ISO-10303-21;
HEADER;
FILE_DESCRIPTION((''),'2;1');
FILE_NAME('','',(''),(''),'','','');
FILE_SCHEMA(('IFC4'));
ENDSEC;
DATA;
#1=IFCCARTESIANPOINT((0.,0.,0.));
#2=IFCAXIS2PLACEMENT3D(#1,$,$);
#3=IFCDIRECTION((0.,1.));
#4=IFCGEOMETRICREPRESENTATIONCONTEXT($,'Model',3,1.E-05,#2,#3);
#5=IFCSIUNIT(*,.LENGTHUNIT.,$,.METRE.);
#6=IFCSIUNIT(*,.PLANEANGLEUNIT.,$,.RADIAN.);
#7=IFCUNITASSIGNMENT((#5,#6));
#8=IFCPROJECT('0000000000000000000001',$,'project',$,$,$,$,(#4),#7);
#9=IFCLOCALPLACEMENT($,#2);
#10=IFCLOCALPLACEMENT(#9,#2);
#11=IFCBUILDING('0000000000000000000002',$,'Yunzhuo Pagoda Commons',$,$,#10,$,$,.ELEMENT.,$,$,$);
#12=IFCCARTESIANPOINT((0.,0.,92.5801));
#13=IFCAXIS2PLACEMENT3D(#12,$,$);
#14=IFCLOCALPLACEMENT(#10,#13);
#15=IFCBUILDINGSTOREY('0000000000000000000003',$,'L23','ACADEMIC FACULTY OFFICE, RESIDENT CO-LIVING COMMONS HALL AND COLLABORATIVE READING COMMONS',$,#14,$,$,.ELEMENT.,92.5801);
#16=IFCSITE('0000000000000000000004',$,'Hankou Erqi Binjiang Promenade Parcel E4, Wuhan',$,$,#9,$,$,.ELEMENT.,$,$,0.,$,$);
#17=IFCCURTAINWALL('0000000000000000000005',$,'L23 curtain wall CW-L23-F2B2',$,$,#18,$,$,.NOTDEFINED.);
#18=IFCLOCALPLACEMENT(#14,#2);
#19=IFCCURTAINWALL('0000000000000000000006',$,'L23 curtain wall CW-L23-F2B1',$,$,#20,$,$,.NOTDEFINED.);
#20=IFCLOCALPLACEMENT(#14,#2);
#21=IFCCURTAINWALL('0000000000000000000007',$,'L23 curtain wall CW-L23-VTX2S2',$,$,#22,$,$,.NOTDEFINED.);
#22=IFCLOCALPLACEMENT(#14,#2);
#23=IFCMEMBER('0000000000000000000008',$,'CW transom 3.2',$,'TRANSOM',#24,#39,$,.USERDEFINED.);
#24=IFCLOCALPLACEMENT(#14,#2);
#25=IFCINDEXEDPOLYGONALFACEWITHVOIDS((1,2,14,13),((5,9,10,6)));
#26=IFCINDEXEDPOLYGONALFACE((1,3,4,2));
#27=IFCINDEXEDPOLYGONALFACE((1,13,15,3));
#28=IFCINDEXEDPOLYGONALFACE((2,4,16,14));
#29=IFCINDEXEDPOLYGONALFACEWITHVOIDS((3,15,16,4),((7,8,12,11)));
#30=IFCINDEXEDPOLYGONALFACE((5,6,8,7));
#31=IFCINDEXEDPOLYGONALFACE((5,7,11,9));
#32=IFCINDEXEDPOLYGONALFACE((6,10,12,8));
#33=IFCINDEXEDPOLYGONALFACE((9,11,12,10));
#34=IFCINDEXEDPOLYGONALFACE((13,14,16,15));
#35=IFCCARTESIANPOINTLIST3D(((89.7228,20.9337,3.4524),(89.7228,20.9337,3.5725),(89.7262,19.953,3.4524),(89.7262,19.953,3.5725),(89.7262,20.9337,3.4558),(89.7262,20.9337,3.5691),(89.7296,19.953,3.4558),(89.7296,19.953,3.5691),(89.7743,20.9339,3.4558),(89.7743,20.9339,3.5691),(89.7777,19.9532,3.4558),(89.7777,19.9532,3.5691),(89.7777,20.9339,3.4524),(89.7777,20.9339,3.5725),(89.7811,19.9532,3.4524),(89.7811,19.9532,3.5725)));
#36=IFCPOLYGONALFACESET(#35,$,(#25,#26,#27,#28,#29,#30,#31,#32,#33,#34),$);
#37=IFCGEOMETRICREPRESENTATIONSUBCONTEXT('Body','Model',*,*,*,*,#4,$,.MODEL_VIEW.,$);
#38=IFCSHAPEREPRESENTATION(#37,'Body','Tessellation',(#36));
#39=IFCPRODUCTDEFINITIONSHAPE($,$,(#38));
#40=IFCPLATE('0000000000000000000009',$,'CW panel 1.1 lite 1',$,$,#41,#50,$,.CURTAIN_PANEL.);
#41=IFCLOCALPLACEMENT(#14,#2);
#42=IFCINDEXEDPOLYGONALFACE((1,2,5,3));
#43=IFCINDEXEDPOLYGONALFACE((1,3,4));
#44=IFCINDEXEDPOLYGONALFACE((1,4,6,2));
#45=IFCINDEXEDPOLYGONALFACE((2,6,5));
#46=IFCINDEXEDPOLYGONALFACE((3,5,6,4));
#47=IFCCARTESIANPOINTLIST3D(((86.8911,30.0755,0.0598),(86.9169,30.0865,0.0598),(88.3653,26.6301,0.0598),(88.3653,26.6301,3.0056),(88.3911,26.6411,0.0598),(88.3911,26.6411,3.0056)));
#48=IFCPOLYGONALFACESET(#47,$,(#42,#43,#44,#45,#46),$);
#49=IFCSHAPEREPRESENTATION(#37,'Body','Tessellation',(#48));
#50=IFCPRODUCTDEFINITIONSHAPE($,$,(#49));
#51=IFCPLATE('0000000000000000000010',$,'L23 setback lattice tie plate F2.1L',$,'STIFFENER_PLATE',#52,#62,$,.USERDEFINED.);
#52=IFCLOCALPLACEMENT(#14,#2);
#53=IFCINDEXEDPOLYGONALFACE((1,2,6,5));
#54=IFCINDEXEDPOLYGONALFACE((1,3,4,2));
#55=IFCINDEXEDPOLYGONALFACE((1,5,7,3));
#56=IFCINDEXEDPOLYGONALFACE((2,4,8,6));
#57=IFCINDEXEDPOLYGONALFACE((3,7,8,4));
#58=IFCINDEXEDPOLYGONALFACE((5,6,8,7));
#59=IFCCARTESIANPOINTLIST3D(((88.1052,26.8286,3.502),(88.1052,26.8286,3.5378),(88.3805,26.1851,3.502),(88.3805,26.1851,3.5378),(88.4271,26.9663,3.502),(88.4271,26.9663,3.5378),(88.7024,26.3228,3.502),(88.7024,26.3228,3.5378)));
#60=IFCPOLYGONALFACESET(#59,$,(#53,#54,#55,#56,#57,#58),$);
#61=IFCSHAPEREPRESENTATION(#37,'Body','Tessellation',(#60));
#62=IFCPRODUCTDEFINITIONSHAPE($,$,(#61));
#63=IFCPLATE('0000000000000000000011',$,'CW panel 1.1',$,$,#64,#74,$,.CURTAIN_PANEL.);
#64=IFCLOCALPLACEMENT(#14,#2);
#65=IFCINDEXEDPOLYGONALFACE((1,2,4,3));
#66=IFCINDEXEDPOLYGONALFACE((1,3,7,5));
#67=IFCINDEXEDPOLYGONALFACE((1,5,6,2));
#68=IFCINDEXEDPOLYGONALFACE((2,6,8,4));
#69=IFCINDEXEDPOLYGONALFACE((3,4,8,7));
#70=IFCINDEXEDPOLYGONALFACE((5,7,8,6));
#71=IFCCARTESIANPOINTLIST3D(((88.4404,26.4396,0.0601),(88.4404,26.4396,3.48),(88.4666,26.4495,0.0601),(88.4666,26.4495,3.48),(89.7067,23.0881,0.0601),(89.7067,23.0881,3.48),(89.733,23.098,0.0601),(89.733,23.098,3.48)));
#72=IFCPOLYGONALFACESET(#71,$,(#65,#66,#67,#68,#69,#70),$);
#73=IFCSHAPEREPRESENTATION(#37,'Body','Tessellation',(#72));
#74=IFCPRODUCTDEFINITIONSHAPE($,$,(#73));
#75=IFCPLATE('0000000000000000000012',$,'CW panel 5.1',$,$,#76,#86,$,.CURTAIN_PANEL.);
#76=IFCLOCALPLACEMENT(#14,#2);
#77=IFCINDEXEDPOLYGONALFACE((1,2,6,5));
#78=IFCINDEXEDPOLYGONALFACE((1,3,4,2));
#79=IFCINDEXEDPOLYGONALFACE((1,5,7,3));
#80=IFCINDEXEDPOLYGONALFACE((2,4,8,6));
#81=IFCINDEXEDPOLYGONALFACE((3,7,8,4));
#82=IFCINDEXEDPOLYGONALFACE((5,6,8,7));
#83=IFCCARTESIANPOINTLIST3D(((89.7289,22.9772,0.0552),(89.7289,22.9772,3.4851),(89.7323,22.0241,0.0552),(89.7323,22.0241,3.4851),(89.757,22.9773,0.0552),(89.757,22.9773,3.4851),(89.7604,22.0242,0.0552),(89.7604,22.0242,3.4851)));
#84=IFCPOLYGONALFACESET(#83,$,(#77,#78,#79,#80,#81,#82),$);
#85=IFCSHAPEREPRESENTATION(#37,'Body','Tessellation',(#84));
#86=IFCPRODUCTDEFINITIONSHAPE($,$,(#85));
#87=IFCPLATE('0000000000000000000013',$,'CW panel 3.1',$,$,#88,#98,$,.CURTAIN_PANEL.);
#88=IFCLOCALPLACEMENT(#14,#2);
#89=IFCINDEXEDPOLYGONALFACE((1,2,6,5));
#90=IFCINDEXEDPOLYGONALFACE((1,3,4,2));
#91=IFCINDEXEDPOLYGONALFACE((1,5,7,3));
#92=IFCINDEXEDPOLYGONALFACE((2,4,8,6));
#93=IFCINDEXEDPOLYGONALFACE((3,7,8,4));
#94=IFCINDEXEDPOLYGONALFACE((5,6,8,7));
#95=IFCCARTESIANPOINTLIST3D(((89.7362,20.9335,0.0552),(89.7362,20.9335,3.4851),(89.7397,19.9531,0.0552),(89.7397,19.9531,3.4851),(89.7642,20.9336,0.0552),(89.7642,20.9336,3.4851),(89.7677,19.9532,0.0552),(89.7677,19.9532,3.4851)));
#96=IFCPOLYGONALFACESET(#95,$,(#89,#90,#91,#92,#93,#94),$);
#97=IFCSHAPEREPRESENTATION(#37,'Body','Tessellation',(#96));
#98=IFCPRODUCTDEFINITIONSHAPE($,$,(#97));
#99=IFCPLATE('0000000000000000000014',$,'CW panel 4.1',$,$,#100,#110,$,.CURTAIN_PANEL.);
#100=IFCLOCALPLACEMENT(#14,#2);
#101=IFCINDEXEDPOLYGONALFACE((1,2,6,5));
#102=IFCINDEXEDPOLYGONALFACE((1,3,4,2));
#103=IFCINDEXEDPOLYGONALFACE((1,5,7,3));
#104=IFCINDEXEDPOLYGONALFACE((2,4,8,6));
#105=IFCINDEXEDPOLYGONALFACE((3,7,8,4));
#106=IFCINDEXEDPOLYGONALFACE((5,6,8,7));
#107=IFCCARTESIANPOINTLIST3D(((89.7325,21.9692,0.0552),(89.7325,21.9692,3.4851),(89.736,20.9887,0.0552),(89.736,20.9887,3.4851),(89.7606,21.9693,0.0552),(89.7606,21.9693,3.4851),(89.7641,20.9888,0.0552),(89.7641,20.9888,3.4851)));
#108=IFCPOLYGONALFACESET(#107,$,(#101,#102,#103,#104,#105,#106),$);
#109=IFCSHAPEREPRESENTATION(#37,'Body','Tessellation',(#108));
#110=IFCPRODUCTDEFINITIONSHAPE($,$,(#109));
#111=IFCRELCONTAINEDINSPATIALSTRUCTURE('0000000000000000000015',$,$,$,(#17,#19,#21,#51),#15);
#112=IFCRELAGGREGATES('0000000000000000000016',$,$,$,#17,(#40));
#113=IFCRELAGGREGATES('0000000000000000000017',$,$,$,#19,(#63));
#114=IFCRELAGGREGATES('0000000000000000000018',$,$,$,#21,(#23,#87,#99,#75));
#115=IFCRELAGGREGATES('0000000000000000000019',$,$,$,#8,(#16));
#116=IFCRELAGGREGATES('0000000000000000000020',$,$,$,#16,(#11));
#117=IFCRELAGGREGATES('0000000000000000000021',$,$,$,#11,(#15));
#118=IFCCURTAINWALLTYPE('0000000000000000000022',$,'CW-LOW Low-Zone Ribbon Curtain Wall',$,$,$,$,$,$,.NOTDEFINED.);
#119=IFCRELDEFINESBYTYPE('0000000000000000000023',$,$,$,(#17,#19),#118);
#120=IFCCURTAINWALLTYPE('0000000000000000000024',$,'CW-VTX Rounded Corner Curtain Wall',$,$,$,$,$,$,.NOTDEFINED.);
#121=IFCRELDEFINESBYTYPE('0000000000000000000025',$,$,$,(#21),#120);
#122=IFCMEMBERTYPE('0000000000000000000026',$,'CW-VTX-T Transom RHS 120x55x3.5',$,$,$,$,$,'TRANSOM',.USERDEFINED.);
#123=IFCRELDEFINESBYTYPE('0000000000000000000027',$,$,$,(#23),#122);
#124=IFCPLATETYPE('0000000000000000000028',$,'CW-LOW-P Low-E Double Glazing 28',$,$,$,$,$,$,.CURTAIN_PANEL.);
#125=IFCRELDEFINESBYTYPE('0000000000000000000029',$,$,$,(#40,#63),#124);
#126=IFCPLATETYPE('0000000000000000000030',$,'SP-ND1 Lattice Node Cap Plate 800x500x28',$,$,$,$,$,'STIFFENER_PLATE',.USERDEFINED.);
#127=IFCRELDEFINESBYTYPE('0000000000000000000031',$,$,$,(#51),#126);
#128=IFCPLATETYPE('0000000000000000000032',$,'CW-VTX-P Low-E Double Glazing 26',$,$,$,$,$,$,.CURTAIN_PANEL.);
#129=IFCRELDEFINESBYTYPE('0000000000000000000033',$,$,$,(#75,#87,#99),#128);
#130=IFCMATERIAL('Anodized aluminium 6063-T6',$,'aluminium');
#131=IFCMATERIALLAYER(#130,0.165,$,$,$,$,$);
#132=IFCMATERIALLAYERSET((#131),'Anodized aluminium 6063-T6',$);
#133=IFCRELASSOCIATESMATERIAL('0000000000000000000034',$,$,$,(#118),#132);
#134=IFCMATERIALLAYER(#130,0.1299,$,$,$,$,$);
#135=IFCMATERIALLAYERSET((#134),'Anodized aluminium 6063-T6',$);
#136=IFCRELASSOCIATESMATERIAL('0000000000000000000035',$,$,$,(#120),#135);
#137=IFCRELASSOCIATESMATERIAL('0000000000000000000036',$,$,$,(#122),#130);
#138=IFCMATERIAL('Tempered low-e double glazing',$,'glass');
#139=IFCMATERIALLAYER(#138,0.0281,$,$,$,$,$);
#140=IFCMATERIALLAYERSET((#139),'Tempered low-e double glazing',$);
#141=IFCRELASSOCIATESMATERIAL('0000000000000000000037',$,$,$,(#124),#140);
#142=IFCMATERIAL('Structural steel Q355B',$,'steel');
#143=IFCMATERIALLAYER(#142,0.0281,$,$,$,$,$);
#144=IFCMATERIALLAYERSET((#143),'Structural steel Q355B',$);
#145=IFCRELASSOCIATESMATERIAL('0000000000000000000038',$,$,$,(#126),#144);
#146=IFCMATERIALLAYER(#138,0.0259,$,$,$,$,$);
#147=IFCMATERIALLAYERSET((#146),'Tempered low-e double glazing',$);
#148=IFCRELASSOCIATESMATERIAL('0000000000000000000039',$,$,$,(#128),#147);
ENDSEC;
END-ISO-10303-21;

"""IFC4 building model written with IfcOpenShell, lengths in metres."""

from ifc_helpers import new_model, si_unit, direction, frame, origin, origin_2d, place, context, subcontext, project, spatial, polyline, rectangle, hollow_rectangle, outline, extrude, source, transform, mapped, material, layer, layer_set, material_profile, profile_set, type_object, element, aggregate, save


model = new_model("IFC4")

# Units and contexts
model_context = context("Model", 3, precision=1e-05, world=origin(), true_north=direction((0.0, 1.0)))
body_context = subcontext(model_context, "Body", "Model", "MODEL_VIEW")
ifc_project = project(units=[si_unit("LENGTHUNIT", "METRE"), si_unit("PLANEANGLEUNIT", "RADIAN")], contexts=[model_context])

# Site, building, storey
site_placement = place(None, origin())
site = spatial("IfcSite", under=ifc_project, at=site_placement, Name="Hankou Erqi Binjiang Promenade Parcel E4, Wuhan", CompositionType="ELEMENT", RefElevation=0.0)
building_placement = place(site_placement, origin())
building = spatial("IfcBuilding", under=site, at=building_placement, Name="Yunzhuo Pagoda Commons", CompositionType="ELEMENT")
storey_placement = place(building_placement, frame((0.0, 0.0, 92.5801)))
storey = spatial("IfcBuildingStorey", under=building, at=storey_placement, Name="L23", Description="ACADEMIC FACULTY OFFICE, RESIDENT CO-LIVING COMMONS HALL AND COLLABORATIVE READING COMMONS", CompositionType="ELEMENT", Elevation=92.5801)

# Shared definitions
ifc_material_1 = material(Name="Structural steel Q355B", Category="steel")

# Curtain wall
ifc_material_2 = material(Name="Anodized aluminium 6063-T6", Category="aluminium")
ifc_layer_1 = layer(ifc_material_2, 0.165)
ifc_layer_set_1 = layer_set([ifc_layer_1], Name="Anodized aluminium 6063-T6")
curtain_wall_type_1 = type_object("IfcCurtainWallType", Name="CW-LOW Low-Zone Ribbon Curtain Wall", PredefinedType="NOTDEFINED", material=ifc_layer_set_1)
curtain_wall_1_placement = place(storey_placement, origin())
curtain_wall_1 = element("IfcCurtainWall", 1, at=curtain_wall_1_placement, inside=storey, type_object=curtain_wall_type_1, Name="L23 curtain wall CW-L23-F2B2", PredefinedType="NOTDEFINED")

# Curtain wall
curtain_wall_2_placement = place(storey_placement, origin())
curtain_wall_2 = element("IfcCurtainWall", 2, at=curtain_wall_2_placement, inside=storey, type_object=curtain_wall_type_1, Name="L23 curtain wall CW-L23-F2B1", PredefinedType="NOTDEFINED")

# Curtain wall, member
ifc_layer_2 = layer(ifc_material_2, 0.1299)
ifc_layer_set_2 = layer_set([ifc_layer_2], Name="Anodized aluminium 6063-T6")
curtain_wall_type_2 = type_object("IfcCurtainWallType", Name="CW-VTX Rounded Corner Curtain Wall", PredefinedType="NOTDEFINED", material=ifc_layer_set_2)
curtain_wall_3_placement = place(storey_placement, origin())
curtain_wall_3 = element("IfcCurtainWall", 3, at=curtain_wall_3_placement, inside=storey, type_object=curtain_wall_type_2, Name="L23 curtain wall CW-L23-VTX2S2", PredefinedType="NOTDEFINED")
ifc_material_profile_1 = material_profile(ifc_material_2, hollow_rectangle(XDim=0.0549, YDim=0.1201, WallThickness=0.0034, at=origin_2d()), Name="Anodized aluminium 6063-T6")
ifc_profile_set_1 = profile_set([ifc_material_profile_1], Name="Anodized aluminium 6063-T6")
member_type_1 = type_object("IfcMemberType", Name="CW-VTX-T Transom RHS 120x55x3.5", ElementType="TRANSOM", PredefinedType="USERDEFINED", material=ifc_profile_set_1)
shared_shape_1 = source(origin(), body_context, "Body", "SweptSolid", [
    extrude(hollow_rectangle(XDim=0.0549, YDim=0.1201, WallThickness=0.0034, at=origin_2d()), origin(), (0.0, 0.0, 1.0), 0.9807),
])
member_1_placement = place(storey_placement, frame((89.7537, 19.9531, 3.5125), z_axis=(-0.003485, 0.999994, 0.0), x_axis=(-0.999994, -0.003485, 0.0)))
member_1 = element("IfcMember", 4, at=member_1_placement, type_object=member_type_1, Name="CW transom 3.2", ObjectType="TRANSOM", PredefinedType="USERDEFINED", context=body_context, shape_type="MappedRepresentation", body=[
    mapped(shared_shape_1, transform((0.0, 0.0, 0.0), scale=1.0)),
])

# Plates
ifc_material_3 = material(Name="Tempered low-e double glazing", Category="glass")
ifc_layer_3 = layer(ifc_material_3, 0.0281)
ifc_layer_set_3 = layer_set([ifc_layer_3], Name="Tempered low-e double glazing")
plate_type_1 = type_object("IfcPlateType", Name="CW-LOW-P Low-E Double Glazing 28", PredefinedType="CURTAIN_PANEL", material=ifc_layer_set_3)
plate_1_placement = place(storey_placement, frame((87.6282, 28.3528, 1.5327), z_axis=(0.919383, 0.393364, 0.0), x_axis=(-0.393364, 0.919383, 0.0)))
plate_1 = element("IfcPlate", 5, at=plate_1_placement, type_object=plate_type_1, Name="CW panel 1.1 lite 1", PredefinedType="CURTAIN_PANEL", context=body_context, shape_type="SweptSolid", body=[
    extrude(outline(polyline([(-1.8738, -1.4729), (1.8738, -1.4729), (-1.8738, 1.4729), (-1.8738, -1.4729)])), origin(), (0.0, 0.0, 1.0), 0.0281),
])
aggregate(curtain_wall_1, [plate_1])
ifc_layer_4 = layer(ifc_material_1, 0.0281)
ifc_layer_set_4 = layer_set([ifc_layer_4], Name="Structural steel Q355B")
plate_type_2 = type_object("IfcPlateType", Name="SP-ND1 Lattice Node Cap Plate 800x500x28", ElementType="STIFFENER_PLATE", PredefinedType="USERDEFINED", material=ifc_layer_set_4)
shared_shape_2 = source(origin(), body_context, "Body", "SweptSolid", [
    extrude(rectangle(XDim=0.7, YDim=0.3501, at=origin_2d()), origin(), (0.0, 0.0, 1.0), 0.0359),
])
plate_2_placement = place(storey_placement, frame((88.4038, 26.5757, 3.502), z_axis=(0.0, 0.0, 1.0), x_axis=(-0.393364, 0.919383, 0.0)))
element("IfcPlate", 6, at=plate_2_placement, inside=storey, type_object=plate_type_2, Name="L23 setback lattice tie plate F2.1L", ObjectType="STIFFENER_PLATE", PredefinedType="USERDEFINED", context=body_context, shape_type="MappedRepresentation", body=[
    mapped(shared_shape_2, transform((0.0, 0.0, 0.0), scale=1.0)),
])
shared_shape_3 = source(origin(), body_context, "Body", "SweptSolid", [
    extrude(rectangle(XDim=3.5828, YDim=0.0281, at=origin_2d()), origin(), (0.0, 0.0, 1.0), 3.4199),
])
plate_3_placement = place(storey_placement, frame((89.0867, 24.7688, 0.0601), z_axis=(0.0, 0.0, 1.0), x_axis=(-0.353448, 0.935454, 0.0)))
plate_3 = element("IfcPlate", 7, at=plate_3_placement, type_object=plate_type_1, Name="CW panel 1.1", PredefinedType="CURTAIN_PANEL", context=body_context, shape_type="MappedRepresentation", body=[
    mapped(shared_shape_3, transform((0.0, 0.0, 0.0), scale=1.0)),
])
aggregate(curtain_wall_2, [plate_3])
ifc_layer_5 = layer(ifc_material_3, 0.0259)
ifc_layer_set_5 = layer_set([ifc_layer_5], Name="Tempered low-e double glazing")
plate_type_3 = type_object("IfcPlateType", Name="CW-VTX-P Low-E Double Glazing 26", PredefinedType="CURTAIN_PANEL", material=ifc_layer_set_5)
shared_shape_4 = source(origin(), body_context, "Body", "SweptSolid", [
    extrude(rectangle(XDim=0.9531, YDim=0.0281, at=origin_2d()), origin(), (0.0, 0.0, 1.0), 3.4299),
])
plate_4_placement = place(storey_placement, frame((89.7446, 22.5007, 0.0552), z_axis=(0.0, 0.0, 1.0), x_axis=(-0.003573, 0.999994, 0.0)))
plate_4 = element("IfcPlate", 8, at=plate_4_placement, type_object=plate_type_3, Name="CW panel 5.1", PredefinedType="CURTAIN_PANEL", context=body_context, shape_type="MappedRepresentation", body=[
    mapped(shared_shape_4, transform((0.0, 0.0, 0.0), scale=1.0)),
])
shared_shape_5 = source(origin(), body_context, "Body", "SweptSolid", [
    extrude(rectangle(XDim=0.9805, YDim=0.0281, at=origin_2d()), origin(), (0.0, 0.0, 1.0), 3.4299),
])
plate_5_placement = place(storey_placement, frame((89.752, 20.4434, 0.0552), z_axis=(0.0, 0.0, 1.0), x_axis=(-0.003573, 0.999994, 0.0)))
plate_5 = element("IfcPlate", 9, at=plate_5_placement, type_object=plate_type_3, Name="CW panel 3.1", PredefinedType="CURTAIN_PANEL", context=body_context, shape_type="MappedRepresentation", body=[
    mapped(shared_shape_5, transform((0.0, 0.0, 0.0), scale=1.0)),
])
plate_6_placement = place(storey_placement, frame((89.7483, 21.479, 0.0552), z_axis=(0.0, 0.0, 1.0), x_axis=(-0.003573, 0.999994, 0.0)))
plate_6 = element("IfcPlate", 10, at=plate_6_placement, type_object=plate_type_3, Name="CW panel 4.1", PredefinedType="CURTAIN_PANEL", context=body_context, shape_type="MappedRepresentation", body=[
    mapped(shared_shape_5, transform((0.0, 0.0, 0.0), scale=1.0)),
])
aggregate(curtain_wall_3, [member_1, plate_5, plate_6, plate_4])

save(model, "model.ifc")
